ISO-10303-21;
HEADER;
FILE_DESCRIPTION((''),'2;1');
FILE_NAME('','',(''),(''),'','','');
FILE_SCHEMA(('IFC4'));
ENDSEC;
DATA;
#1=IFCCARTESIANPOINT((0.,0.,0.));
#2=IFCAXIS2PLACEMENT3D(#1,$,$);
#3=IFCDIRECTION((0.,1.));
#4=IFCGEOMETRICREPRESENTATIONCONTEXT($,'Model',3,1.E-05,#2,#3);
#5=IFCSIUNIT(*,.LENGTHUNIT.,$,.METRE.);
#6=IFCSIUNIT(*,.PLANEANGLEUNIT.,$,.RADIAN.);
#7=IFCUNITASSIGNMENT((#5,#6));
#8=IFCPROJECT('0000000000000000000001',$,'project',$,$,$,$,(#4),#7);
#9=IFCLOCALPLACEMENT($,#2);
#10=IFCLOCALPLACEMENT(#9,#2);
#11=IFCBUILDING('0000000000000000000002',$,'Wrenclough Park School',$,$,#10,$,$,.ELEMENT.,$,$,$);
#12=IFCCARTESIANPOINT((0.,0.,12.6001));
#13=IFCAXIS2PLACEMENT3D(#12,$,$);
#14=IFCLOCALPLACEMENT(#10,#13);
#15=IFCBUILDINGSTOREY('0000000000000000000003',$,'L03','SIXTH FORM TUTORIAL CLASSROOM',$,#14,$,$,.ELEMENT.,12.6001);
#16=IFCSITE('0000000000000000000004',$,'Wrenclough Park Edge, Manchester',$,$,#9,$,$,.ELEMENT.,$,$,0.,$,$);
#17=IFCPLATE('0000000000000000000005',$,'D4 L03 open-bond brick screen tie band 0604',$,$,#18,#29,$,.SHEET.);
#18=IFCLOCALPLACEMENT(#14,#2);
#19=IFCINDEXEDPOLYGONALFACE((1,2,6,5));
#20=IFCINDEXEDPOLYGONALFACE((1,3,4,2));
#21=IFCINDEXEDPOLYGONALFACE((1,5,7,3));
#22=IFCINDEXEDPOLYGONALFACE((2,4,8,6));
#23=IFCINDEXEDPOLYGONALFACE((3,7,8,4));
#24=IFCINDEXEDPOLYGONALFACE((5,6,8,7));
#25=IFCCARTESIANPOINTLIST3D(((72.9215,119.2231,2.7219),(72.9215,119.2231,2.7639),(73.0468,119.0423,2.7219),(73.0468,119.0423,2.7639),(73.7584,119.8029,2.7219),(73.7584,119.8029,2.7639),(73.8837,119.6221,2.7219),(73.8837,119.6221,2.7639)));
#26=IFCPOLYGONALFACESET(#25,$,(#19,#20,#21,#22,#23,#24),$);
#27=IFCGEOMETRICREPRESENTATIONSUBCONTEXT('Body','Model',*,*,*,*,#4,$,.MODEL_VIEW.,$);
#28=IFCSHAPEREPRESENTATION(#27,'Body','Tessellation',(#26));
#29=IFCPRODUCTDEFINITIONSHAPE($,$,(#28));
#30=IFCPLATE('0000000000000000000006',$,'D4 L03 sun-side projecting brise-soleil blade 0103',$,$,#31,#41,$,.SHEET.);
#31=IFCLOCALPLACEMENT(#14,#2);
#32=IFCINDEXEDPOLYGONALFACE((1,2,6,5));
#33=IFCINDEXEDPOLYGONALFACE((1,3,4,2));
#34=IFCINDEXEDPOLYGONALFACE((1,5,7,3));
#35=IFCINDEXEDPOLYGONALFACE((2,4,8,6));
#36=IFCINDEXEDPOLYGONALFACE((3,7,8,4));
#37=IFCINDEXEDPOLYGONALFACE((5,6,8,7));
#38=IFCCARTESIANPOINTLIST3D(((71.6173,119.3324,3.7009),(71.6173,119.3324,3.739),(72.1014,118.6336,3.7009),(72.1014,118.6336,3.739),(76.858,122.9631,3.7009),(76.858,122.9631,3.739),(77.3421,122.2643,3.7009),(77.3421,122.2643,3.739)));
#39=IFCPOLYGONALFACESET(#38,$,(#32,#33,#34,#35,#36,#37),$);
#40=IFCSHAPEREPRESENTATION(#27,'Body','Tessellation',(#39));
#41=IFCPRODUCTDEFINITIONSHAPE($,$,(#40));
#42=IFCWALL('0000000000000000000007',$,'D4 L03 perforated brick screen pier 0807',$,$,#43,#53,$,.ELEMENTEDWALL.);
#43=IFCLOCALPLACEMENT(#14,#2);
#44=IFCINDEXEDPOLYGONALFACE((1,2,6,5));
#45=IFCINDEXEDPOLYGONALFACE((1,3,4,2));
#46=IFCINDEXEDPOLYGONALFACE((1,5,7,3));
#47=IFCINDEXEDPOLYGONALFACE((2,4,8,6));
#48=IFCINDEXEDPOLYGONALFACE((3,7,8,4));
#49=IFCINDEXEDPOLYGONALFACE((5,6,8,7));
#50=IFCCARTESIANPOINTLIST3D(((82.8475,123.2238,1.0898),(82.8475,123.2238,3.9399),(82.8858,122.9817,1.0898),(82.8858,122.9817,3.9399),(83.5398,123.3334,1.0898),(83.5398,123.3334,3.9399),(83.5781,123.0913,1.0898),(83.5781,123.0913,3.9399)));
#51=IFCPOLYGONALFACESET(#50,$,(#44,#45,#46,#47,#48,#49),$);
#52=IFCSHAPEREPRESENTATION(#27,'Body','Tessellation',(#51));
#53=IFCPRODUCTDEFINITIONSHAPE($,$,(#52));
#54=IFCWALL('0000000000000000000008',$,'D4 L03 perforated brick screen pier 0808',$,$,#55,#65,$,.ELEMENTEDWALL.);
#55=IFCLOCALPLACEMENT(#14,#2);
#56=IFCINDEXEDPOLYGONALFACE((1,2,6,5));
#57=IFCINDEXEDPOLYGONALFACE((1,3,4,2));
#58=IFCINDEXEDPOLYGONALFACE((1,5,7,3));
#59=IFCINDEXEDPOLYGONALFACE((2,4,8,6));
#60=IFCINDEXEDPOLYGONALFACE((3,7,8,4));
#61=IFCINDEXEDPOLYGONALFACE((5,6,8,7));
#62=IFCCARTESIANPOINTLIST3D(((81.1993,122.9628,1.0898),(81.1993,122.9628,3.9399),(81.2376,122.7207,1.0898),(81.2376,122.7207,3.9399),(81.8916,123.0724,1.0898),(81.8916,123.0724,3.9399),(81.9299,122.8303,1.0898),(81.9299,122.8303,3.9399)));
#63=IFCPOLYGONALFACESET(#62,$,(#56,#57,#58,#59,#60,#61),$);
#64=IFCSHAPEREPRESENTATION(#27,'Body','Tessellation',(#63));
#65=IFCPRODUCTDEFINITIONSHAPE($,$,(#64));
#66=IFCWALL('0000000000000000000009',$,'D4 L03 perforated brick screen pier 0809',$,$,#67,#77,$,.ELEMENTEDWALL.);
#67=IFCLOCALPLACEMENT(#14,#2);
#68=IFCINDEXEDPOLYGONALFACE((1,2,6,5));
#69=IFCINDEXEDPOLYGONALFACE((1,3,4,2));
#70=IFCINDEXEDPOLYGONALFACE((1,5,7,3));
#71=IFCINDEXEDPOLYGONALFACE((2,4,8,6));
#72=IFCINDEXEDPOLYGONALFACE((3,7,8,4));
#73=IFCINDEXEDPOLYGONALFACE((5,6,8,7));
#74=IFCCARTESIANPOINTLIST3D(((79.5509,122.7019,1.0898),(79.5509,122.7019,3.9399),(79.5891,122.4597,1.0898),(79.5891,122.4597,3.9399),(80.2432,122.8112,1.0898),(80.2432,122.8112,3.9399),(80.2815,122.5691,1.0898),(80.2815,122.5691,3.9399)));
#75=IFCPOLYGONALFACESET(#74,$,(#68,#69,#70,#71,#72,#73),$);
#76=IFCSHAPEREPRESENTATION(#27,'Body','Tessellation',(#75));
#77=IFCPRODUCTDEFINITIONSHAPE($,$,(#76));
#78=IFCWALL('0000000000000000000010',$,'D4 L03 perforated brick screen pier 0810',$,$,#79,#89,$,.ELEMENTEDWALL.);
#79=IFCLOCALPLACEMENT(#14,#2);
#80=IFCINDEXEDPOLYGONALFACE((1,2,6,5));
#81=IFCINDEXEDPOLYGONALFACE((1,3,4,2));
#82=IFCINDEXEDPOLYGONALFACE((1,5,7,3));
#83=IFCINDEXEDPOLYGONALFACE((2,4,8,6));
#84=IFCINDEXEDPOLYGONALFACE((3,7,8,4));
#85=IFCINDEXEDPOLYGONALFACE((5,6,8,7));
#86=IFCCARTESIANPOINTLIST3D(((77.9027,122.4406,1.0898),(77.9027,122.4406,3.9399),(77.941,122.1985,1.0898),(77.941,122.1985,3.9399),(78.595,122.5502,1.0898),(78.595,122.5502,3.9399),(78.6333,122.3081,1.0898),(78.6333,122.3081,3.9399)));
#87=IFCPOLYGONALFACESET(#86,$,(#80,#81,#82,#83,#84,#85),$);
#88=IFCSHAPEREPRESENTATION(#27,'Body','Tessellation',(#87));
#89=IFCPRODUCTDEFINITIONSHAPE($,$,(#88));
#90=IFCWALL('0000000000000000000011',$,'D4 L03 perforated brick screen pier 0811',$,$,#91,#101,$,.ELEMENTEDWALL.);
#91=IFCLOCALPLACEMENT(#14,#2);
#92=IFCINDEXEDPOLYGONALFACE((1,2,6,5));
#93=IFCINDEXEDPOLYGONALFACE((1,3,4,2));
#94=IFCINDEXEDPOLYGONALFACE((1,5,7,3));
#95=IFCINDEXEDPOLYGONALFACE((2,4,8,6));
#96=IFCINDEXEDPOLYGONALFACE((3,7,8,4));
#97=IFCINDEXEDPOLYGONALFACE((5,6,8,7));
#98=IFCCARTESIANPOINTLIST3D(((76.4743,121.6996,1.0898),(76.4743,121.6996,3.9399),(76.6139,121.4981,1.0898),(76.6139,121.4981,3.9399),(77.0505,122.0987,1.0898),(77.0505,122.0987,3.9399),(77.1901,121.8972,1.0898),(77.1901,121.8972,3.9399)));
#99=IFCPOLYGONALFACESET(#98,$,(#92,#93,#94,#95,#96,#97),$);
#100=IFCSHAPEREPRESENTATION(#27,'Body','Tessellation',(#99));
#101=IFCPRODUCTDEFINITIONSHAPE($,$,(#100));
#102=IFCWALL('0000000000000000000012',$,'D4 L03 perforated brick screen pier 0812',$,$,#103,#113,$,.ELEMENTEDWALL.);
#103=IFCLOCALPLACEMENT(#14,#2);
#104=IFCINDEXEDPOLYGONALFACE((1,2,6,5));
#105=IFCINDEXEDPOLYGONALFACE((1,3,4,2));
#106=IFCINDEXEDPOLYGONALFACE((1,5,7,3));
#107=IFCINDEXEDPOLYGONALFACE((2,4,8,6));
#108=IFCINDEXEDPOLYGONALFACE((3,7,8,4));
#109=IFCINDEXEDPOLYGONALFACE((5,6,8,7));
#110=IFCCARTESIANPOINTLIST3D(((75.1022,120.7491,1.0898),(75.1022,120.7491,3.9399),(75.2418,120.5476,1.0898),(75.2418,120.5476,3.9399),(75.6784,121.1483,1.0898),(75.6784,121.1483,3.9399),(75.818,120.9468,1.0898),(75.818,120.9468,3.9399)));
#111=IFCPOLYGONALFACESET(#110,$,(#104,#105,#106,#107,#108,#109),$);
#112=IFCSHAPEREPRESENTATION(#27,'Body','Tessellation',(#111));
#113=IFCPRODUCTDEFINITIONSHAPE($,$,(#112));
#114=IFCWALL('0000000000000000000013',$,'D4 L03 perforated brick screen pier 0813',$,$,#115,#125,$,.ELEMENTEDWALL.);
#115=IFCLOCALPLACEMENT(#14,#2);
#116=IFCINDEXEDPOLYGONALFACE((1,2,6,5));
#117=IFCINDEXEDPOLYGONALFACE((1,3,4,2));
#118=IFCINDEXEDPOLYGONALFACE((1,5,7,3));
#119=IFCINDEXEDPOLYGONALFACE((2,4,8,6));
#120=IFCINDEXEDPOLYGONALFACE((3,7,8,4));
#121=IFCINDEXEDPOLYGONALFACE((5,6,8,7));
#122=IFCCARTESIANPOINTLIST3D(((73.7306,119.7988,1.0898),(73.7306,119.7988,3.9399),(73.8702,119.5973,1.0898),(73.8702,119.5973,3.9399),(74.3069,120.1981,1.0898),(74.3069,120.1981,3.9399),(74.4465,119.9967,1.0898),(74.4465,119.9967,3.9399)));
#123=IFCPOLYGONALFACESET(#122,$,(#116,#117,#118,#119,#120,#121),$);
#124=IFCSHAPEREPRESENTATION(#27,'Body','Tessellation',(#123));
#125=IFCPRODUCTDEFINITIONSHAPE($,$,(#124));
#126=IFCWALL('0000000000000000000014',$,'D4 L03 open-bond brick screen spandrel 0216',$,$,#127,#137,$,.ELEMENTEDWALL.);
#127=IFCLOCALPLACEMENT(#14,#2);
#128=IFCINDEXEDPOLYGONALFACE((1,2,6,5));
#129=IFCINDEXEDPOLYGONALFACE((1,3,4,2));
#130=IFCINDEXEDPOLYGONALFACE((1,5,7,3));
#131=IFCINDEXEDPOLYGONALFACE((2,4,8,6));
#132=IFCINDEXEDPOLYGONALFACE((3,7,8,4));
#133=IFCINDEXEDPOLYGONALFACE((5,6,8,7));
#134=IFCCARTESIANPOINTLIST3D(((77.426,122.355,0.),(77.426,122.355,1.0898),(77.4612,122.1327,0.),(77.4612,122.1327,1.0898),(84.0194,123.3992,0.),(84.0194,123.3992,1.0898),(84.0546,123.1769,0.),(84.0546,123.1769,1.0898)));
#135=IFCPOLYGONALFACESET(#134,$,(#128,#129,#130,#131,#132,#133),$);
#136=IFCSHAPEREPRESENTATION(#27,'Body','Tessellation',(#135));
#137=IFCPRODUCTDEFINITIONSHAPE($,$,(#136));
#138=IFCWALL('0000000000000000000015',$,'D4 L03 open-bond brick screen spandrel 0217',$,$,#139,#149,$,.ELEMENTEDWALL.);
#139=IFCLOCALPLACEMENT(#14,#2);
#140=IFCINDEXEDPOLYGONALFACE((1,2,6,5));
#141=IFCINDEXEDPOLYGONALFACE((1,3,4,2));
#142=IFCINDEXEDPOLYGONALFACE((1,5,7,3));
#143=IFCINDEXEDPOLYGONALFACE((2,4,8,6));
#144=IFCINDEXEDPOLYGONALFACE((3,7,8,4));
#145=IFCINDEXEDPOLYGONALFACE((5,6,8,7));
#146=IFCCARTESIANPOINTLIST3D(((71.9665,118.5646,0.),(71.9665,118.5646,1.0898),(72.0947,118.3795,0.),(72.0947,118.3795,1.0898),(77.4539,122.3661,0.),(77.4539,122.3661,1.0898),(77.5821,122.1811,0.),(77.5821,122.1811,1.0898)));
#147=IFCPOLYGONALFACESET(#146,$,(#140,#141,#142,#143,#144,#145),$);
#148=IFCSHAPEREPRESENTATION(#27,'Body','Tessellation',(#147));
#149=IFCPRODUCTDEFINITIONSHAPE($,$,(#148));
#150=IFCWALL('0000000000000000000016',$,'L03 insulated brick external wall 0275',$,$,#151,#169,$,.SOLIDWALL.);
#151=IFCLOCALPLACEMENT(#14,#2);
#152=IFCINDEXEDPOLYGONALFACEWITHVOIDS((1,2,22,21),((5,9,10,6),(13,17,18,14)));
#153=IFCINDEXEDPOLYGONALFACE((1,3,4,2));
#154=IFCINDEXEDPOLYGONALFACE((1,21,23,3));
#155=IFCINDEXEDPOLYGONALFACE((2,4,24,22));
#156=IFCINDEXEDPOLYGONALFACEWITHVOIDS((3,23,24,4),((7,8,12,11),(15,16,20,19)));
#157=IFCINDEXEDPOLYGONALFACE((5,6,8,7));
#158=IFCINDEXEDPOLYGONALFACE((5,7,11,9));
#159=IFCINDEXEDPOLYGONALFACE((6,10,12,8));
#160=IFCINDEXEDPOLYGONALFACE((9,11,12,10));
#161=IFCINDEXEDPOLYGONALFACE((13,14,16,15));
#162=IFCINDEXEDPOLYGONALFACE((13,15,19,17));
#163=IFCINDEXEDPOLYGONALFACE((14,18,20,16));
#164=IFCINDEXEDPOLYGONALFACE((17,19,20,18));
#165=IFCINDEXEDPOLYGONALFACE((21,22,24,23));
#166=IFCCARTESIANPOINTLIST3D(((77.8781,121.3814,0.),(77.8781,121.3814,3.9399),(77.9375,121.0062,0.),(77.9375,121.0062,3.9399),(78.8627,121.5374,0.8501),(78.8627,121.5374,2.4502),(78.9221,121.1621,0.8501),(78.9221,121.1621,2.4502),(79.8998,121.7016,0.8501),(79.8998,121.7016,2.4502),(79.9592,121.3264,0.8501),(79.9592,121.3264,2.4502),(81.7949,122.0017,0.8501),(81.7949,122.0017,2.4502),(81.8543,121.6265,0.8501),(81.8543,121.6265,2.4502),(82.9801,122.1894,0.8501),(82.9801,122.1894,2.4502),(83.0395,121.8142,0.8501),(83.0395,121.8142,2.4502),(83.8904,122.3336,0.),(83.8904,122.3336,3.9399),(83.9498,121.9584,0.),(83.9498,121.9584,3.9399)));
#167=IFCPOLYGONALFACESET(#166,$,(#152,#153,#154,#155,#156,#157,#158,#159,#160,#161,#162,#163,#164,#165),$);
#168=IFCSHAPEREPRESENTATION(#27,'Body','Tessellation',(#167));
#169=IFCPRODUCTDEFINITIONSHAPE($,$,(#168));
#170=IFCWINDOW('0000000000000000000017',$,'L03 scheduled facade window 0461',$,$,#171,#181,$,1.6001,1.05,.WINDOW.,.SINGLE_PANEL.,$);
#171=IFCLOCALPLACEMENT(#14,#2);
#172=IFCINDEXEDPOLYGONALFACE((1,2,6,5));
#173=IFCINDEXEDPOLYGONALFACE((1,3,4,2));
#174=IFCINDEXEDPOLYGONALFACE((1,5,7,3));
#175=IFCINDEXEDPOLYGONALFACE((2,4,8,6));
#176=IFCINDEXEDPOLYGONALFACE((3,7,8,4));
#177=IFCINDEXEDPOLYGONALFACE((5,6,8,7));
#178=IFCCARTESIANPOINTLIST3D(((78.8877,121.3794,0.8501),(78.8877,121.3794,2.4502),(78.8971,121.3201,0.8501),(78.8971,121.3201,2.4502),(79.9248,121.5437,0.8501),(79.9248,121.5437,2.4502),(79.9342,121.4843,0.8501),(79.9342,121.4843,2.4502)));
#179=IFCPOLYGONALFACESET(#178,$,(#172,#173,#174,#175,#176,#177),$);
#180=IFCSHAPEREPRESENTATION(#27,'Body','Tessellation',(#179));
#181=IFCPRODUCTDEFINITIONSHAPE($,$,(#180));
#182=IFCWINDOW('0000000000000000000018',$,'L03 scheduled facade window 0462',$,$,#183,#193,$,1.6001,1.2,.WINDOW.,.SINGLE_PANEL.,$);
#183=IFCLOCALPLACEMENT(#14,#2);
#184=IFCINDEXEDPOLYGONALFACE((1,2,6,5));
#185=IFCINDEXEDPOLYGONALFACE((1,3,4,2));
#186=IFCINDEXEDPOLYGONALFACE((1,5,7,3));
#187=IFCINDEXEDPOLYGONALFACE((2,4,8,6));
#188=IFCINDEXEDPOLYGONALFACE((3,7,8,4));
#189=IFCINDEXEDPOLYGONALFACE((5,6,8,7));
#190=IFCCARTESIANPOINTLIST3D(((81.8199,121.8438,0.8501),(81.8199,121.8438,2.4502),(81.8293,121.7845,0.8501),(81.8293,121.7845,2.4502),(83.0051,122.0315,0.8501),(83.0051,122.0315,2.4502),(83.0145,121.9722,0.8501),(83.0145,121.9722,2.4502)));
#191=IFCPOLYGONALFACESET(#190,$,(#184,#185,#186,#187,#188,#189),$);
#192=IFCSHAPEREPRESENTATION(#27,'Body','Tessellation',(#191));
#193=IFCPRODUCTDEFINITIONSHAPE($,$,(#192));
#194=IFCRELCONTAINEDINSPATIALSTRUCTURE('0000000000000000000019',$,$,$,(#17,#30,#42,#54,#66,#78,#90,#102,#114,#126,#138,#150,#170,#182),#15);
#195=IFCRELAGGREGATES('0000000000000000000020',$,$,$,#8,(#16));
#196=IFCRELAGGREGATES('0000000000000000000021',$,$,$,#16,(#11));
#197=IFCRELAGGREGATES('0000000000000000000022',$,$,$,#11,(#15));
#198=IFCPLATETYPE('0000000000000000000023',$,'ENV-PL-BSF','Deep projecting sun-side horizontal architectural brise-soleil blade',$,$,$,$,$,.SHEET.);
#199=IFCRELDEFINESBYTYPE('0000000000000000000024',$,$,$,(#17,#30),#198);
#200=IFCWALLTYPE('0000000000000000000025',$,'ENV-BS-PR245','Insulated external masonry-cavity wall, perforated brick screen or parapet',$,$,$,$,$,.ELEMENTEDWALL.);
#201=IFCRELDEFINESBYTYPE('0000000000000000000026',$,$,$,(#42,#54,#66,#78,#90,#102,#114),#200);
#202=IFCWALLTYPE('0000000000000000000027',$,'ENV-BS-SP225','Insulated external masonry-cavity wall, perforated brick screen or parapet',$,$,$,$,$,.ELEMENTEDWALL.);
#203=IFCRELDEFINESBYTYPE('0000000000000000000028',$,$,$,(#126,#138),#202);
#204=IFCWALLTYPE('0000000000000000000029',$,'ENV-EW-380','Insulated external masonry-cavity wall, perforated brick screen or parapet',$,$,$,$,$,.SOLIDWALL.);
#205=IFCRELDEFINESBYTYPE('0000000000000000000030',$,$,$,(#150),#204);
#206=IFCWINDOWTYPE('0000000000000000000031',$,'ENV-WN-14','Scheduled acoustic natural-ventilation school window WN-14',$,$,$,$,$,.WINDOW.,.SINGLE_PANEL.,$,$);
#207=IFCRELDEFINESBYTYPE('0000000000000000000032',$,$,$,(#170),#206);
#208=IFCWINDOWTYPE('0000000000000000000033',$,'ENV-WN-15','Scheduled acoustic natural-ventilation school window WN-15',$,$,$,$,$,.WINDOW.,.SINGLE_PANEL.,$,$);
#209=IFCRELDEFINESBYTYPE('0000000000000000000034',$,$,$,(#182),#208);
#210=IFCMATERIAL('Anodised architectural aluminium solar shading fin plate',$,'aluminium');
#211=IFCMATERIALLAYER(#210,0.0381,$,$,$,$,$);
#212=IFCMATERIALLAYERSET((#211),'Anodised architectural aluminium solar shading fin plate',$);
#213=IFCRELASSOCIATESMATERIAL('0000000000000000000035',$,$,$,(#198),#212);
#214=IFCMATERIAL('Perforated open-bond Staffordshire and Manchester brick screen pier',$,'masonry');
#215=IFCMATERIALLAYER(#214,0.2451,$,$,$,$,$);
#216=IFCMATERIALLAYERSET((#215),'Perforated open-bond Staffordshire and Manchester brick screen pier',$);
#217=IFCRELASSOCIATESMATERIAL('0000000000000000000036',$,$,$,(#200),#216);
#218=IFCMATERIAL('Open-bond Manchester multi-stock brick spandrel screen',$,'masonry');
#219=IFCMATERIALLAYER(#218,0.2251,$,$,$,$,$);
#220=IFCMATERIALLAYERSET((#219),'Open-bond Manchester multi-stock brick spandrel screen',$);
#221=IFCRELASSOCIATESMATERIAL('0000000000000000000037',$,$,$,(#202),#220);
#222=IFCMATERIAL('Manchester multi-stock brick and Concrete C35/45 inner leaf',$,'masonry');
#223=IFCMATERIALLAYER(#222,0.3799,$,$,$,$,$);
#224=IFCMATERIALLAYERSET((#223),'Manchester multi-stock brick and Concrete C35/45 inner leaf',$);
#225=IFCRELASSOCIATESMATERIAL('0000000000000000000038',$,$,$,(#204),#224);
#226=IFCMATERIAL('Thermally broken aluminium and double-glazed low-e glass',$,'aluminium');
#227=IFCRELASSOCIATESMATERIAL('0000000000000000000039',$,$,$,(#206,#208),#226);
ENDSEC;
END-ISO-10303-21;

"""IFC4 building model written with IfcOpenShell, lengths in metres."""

from ifc_helpers import new_model, si_unit, direction, frame, frame_2d, origin, origin_2d, place, context, subcontext, project, spatial, rectangle, extrude, material, layer, layer_set, type_object, element, fill, save


model = new_model("IFC4")

# Units and contexts
model_context = context("Model", 3, precision=1e-05, world=origin(), true_north=direction((0.0, 1.0)))
body_context = subcontext(model_context, "Body", "Model", "MODEL_VIEW")
ifc_project = project(units=[si_unit("LENGTHUNIT", "METRE"), si_unit("PLANEANGLEUNIT", "RADIAN")], contexts=[model_context])

# Site, building, storey
site_placement = place(None, origin())
site = spatial("IfcSite", under=ifc_project, at=site_placement, Name="Wrenclough Park Edge, Manchester", CompositionType="ELEMENT", RefElevation=0.0)
building_placement = place(site_placement, origin())
building = spatial("IfcBuilding", under=site, at=building_placement, Name="Wrenclough Park School", CompositionType="ELEMENT")
storey_placement = place(building_placement, frame((0.0, 0.0, 12.6001)))
storey = spatial("IfcBuildingStorey", under=building, at=storey_placement, Name="L03", Description="SIXTH FORM TUTORIAL CLASSROOM", CompositionType="ELEMENT", Elevation=12.6001)

# Plates
ifc_material_1 = material(Name="Anodised architectural aluminium solar shading fin plate", Category="aluminium")
ifc_layer_1 = layer(ifc_material_1, 0.0381)
ifc_layer_set_1 = layer_set([ifc_layer_1], Name="Anodised architectural aluminium solar shading fin plate")
plate_type = type_object("IfcPlateType", Name="ENV-PL-BSF", Description="Deep projecting sun-side horizontal architectural brise-soleil blade", PredefinedType="SHEET", material=ifc_layer_set_1)
plate_1_placement = place(storey_placement, frame((73.4026, 119.4226, 2.7219), z_axis=(0.0, 0.0, 1.0), x_axis=(-0.822008, -0.569476, 0.0)))
element("IfcPlate", 1, at=plate_1_placement, inside=storey, type_object=plate_type, Name="D4 L03 open-bond brick screen tie band 0604", PredefinedType="SHEET", context=body_context, shape_type="SweptSolid", body=[
    extrude(rectangle(XDim=1.0181, YDim=0.22, at=origin_2d()), origin(), (0.0, 0.0, 1.0), 0.042),
])
plate_2_placement = place(storey_placement, frame((74.4797, 120.7983, 3.7009), z_axis=(0.0, 0.0, 1.0), x_axis=(-0.822008, -0.569476, 0.0)))
element("IfcPlate", 2, at=plate_2_placement, inside=storey, type_object=plate_type, Name="D4 L03 sun-side projecting brise-soleil blade 0103", PredefinedType="SHEET", context=body_context, shape_type="SweptSolid", body=[
    extrude(rectangle(XDim=6.3755, YDim=0.8501, at=origin_2d()), origin(), (0.0, 0.0, 1.0), 0.0381),
])

# Walls
ifc_material_2 = material(Name="Perforated open-bond Staffordshire and Manchester brick screen pier", Category="masonry")
ifc_layer_2 = layer(ifc_material_2, 0.2451)
ifc_layer_set_2 = layer_set([ifc_layer_2], Name="Perforated open-bond Staffordshire and Manchester brick screen pier")
wall_type_1 = type_object("IfcWallType", Name="ENV-BS-PR245", Description="Insulated external masonry-cavity wall, perforated brick screen or parapet", PredefinedType="ELEMENTEDWALL", material=ifc_layer_set_2)
for number, where, z_axis, x_axis, name in (
    (3, (83.5591, 123.2124, 1.0898), (0.0, 0.0, 1.0), (-0.987698, -0.156374, 0.0), "D4 L03 perforated brick screen pier 0807"),
    (4, (81.9109, 122.9514, 1.0898), (0.0, 0.0, 1.0), (-0.987698, -0.156374, 0.0), "D4 L03 perforated brick screen pier 0808"),
    (5, (80.2625, 122.6902, 1.0898), (0.0, 0.0, 1.0), (-0.987752, -0.156034, 0.0), "D4 L03 perforated brick screen pier 0809"),
    (6, (78.6143, 122.4292, 1.0898), (0.0, 0.0, 1.0), (-0.987698, -0.156374, 0.0), "D4 L03 perforated brick screen pier 0810"),
    (7, (77.1204, 121.998, 1.0898), (0.0, 0.0, 1.0), (-0.822004, -0.569482, 0.0), "D4 L03 perforated brick screen pier 0811"),
    (8, (75.7483, 121.0476, 1.0898), (0.0, 0.0, 1.0), (-0.822004, -0.569482, 0.0), "D4 L03 perforated brick screen pier 0812"),
):
    element("IfcWall", number, at=place(storey_placement, frame(where, z_axis=z_axis, x_axis=x_axis)), inside=storey, type_object=wall_type_1, Name=name, PredefinedType="ELEMENTEDWALL", context=body_context, shape_type="SweptSolid", body=[
        extrude(rectangle(XDim=0.7009, YDim=0.2451, at=frame_2d((0.3506, 0.0))), origin(), (0.0, 0.0, 1.0), 2.8501),
    ])
wall_1_placement = place(storey_placement, frame((74.3767, 120.0974, 1.0898), z_axis=(0.0, 0.0, 1.0), x_axis=(-0.821954, -0.569554, 0.0)))
element("IfcWall", 9, at=wall_1_placement, inside=storey, type_object=wall_type_1, Name="D4 L03 perforated brick screen pier 0813", PredefinedType="ELEMENTEDWALL", context=body_context, shape_type="SweptSolid", body=[
    extrude(rectangle(XDim=0.7012, YDim=0.2451, at=frame_2d((0.3506, 0.0))), origin(), (0.0, 0.0, 1.0), 2.8501),
])
ifc_material_3 = material(Name="Open-bond Manchester multi-stock brick spandrel screen", Category="masonry")
ifc_layer_3 = layer(ifc_material_3, 0.2251)
ifc_layer_set_3 = layer_set([ifc_layer_3], Name="Open-bond Manchester multi-stock brick spandrel screen")
wall_type_2 = type_object("IfcWallType", Name="ENV-BS-SP225", Description="Insulated external masonry-cavity wall, perforated brick screen or parapet", PredefinedType="ELEMENTEDWALL", material=ifc_layer_set_3)
for number, where, z_axis, x_axis, name in (
    (10, (84.0371, 123.2881, 0.0), (0.0, 0.0, 1.0), (-0.98769, -0.156423, 0.0), "D4 L03 open-bond brick screen spandrel 0216"),
    (11, (77.5181, 122.2737, 0.0), (0.0, 0.0, 1.0), (-0.822009, -0.569474, 0.0), "D4 L03 open-bond brick screen spandrel 0217"),
):
    element("IfcWall", number, at=place(storey_placement, frame(where, z_axis=z_axis, x_axis=x_axis)), inside=storey, type_object=wall_type_2, Name=name, PredefinedType="ELEMENTEDWALL", context=body_context, shape_type="SweptSolid", body=[
        extrude(rectangle(XDim=6.6755, YDim=0.2251, at=frame_2d((3.3379, 0.0))), origin(), (0.0, 0.0, 1.0), 1.0898),
    ])

# Wall, openings, windows
ifc_material_4 = material(Name="Manchester multi-stock brick and Concrete C35/45 inner leaf", Category="masonry")
ifc_layer_4 = layer(ifc_material_4, 0.3799)
ifc_layer_set_4 = layer_set([ifc_layer_4], Name="Manchester multi-stock brick and Concrete C35/45 inner leaf")
wall_type_3 = type_object("IfcWallType", Name="ENV-EW-380", Description="Insulated external masonry-cavity wall, perforated brick screen or parapet", PredefinedType="SOLIDWALL", material=ifc_layer_set_4)
wall_2_placement = place(storey_placement, frame((77.908, 121.1938, 0.0), z_axis=(0.0, 0.0, 1.0), x_axis=(0.987691, 0.15642, 0.0)))
wall_2 = element("IfcWall", 12, at=wall_2_placement, inside=storey, type_object=wall_type_3, Name="L03 insulated brick external wall 0275", PredefinedType="SOLIDWALL", context=body_context, shape_type="SweptSolid", body=[
    extrude(rectangle(XDim=6.0872, YDim=0.3799, at=frame_2d((3.0435, 0.0))), origin(), (0.0, 0.0, 1.0), 3.9399),
])
opening_1_placement = place(wall_2_placement, frame((0.9968, 0.0, 0.8501)))
opening_1 = element("IfcOpeningElement", 13, at=opening_1_placement, cuts=wall_2, PredefinedType="OPENING", context=body_context, shape_type="SweptSolid", body=[
    extrude(rectangle(XDim=1.05, YDim=1.6001, at=frame_2d((0.5249, 0.8))), frame((0.0, 0.2, 0.0), z_axis=(0.0, -1.0, 0.0), x_axis=(1.0, 0.0, 0.0)), (0.0, 0.0, 1.0), 0.3999),
])
opening_2_placement = place(wall_2_placement, frame((3.9653, 0.0, 0.8501)))
opening_2 = element("IfcOpeningElement", 14, at=opening_2_placement, cuts=wall_2, PredefinedType="OPENING", context=body_context, shape_type="SweptSolid", body=[
    extrude(rectangle(XDim=1.2, YDim=1.6001, at=frame_2d((0.6001, 0.8))), frame((0.0, 0.2, 0.0), z_axis=(0.0, -1.0, 0.0), x_axis=(1.0, 0.0, 0.0)), (0.0, 0.0, 1.0), 0.3999),
])
ifc_material_5 = material(Name="Thermally broken aluminium and double-glazed low-e glass", Category="aluminium")
window_type_1 = type_object("IfcWindowType", Name="ENV-WN-14", Description="Scheduled acoustic natural-ventilation school window WN-14", PartitioningType="SINGLE_PANEL", PredefinedType="WINDOW", material=ifc_material_5)
window_1_placement = place(opening_1_placement, origin())
window_1 = element("IfcWindow", 15, at=window_1_placement, inside=storey, type_object=window_type_1, Name="L03 scheduled facade window 0461", OverallHeight=1.6001, OverallWidth=1.05, PartitioningType="SINGLE_PANEL", PredefinedType="WINDOW", context=body_context, shape_type="SweptSolid", body=[
    extrude(rectangle(XDim=1.05, YDim=1.6001, at=frame_2d((0.5249, 0.8))), frame((0.0, 0.03, 0.0), z_axis=(0.0, -1.0, 0.0), x_axis=(1.0, 0.0, 0.0)), (0.0, 0.0, 1.0), 0.0601),
])
fill(opening_1, window_1)
window_type_2 = type_object("IfcWindowType", Name="ENV-WN-15", Description="Scheduled acoustic natural-ventilation school window WN-15", PartitioningType="SINGLE_PANEL", PredefinedType="WINDOW", material=ifc_material_5)
window_2_placement = place(opening_2_placement, origin())
window_2 = element("IfcWindow", 16, at=window_2_placement, inside=storey, type_object=window_type_2, Name="L03 scheduled facade window 0462", OverallHeight=1.6001, OverallWidth=1.2, PartitioningType="SINGLE_PANEL", PredefinedType="WINDOW", context=body_context, shape_type="SweptSolid", body=[
    extrude(rectangle(XDim=1.2, YDim=1.6001, at=frame_2d((0.6001, 0.8))), frame((0.0, 0.03, 0.0), z_axis=(0.0, -1.0, 0.0), x_axis=(1.0, 0.0, 0.0)), (0.0, 0.0, 1.0), 0.0601),
])
fill(opening_2, window_2)

save(model, "model.ifc")
